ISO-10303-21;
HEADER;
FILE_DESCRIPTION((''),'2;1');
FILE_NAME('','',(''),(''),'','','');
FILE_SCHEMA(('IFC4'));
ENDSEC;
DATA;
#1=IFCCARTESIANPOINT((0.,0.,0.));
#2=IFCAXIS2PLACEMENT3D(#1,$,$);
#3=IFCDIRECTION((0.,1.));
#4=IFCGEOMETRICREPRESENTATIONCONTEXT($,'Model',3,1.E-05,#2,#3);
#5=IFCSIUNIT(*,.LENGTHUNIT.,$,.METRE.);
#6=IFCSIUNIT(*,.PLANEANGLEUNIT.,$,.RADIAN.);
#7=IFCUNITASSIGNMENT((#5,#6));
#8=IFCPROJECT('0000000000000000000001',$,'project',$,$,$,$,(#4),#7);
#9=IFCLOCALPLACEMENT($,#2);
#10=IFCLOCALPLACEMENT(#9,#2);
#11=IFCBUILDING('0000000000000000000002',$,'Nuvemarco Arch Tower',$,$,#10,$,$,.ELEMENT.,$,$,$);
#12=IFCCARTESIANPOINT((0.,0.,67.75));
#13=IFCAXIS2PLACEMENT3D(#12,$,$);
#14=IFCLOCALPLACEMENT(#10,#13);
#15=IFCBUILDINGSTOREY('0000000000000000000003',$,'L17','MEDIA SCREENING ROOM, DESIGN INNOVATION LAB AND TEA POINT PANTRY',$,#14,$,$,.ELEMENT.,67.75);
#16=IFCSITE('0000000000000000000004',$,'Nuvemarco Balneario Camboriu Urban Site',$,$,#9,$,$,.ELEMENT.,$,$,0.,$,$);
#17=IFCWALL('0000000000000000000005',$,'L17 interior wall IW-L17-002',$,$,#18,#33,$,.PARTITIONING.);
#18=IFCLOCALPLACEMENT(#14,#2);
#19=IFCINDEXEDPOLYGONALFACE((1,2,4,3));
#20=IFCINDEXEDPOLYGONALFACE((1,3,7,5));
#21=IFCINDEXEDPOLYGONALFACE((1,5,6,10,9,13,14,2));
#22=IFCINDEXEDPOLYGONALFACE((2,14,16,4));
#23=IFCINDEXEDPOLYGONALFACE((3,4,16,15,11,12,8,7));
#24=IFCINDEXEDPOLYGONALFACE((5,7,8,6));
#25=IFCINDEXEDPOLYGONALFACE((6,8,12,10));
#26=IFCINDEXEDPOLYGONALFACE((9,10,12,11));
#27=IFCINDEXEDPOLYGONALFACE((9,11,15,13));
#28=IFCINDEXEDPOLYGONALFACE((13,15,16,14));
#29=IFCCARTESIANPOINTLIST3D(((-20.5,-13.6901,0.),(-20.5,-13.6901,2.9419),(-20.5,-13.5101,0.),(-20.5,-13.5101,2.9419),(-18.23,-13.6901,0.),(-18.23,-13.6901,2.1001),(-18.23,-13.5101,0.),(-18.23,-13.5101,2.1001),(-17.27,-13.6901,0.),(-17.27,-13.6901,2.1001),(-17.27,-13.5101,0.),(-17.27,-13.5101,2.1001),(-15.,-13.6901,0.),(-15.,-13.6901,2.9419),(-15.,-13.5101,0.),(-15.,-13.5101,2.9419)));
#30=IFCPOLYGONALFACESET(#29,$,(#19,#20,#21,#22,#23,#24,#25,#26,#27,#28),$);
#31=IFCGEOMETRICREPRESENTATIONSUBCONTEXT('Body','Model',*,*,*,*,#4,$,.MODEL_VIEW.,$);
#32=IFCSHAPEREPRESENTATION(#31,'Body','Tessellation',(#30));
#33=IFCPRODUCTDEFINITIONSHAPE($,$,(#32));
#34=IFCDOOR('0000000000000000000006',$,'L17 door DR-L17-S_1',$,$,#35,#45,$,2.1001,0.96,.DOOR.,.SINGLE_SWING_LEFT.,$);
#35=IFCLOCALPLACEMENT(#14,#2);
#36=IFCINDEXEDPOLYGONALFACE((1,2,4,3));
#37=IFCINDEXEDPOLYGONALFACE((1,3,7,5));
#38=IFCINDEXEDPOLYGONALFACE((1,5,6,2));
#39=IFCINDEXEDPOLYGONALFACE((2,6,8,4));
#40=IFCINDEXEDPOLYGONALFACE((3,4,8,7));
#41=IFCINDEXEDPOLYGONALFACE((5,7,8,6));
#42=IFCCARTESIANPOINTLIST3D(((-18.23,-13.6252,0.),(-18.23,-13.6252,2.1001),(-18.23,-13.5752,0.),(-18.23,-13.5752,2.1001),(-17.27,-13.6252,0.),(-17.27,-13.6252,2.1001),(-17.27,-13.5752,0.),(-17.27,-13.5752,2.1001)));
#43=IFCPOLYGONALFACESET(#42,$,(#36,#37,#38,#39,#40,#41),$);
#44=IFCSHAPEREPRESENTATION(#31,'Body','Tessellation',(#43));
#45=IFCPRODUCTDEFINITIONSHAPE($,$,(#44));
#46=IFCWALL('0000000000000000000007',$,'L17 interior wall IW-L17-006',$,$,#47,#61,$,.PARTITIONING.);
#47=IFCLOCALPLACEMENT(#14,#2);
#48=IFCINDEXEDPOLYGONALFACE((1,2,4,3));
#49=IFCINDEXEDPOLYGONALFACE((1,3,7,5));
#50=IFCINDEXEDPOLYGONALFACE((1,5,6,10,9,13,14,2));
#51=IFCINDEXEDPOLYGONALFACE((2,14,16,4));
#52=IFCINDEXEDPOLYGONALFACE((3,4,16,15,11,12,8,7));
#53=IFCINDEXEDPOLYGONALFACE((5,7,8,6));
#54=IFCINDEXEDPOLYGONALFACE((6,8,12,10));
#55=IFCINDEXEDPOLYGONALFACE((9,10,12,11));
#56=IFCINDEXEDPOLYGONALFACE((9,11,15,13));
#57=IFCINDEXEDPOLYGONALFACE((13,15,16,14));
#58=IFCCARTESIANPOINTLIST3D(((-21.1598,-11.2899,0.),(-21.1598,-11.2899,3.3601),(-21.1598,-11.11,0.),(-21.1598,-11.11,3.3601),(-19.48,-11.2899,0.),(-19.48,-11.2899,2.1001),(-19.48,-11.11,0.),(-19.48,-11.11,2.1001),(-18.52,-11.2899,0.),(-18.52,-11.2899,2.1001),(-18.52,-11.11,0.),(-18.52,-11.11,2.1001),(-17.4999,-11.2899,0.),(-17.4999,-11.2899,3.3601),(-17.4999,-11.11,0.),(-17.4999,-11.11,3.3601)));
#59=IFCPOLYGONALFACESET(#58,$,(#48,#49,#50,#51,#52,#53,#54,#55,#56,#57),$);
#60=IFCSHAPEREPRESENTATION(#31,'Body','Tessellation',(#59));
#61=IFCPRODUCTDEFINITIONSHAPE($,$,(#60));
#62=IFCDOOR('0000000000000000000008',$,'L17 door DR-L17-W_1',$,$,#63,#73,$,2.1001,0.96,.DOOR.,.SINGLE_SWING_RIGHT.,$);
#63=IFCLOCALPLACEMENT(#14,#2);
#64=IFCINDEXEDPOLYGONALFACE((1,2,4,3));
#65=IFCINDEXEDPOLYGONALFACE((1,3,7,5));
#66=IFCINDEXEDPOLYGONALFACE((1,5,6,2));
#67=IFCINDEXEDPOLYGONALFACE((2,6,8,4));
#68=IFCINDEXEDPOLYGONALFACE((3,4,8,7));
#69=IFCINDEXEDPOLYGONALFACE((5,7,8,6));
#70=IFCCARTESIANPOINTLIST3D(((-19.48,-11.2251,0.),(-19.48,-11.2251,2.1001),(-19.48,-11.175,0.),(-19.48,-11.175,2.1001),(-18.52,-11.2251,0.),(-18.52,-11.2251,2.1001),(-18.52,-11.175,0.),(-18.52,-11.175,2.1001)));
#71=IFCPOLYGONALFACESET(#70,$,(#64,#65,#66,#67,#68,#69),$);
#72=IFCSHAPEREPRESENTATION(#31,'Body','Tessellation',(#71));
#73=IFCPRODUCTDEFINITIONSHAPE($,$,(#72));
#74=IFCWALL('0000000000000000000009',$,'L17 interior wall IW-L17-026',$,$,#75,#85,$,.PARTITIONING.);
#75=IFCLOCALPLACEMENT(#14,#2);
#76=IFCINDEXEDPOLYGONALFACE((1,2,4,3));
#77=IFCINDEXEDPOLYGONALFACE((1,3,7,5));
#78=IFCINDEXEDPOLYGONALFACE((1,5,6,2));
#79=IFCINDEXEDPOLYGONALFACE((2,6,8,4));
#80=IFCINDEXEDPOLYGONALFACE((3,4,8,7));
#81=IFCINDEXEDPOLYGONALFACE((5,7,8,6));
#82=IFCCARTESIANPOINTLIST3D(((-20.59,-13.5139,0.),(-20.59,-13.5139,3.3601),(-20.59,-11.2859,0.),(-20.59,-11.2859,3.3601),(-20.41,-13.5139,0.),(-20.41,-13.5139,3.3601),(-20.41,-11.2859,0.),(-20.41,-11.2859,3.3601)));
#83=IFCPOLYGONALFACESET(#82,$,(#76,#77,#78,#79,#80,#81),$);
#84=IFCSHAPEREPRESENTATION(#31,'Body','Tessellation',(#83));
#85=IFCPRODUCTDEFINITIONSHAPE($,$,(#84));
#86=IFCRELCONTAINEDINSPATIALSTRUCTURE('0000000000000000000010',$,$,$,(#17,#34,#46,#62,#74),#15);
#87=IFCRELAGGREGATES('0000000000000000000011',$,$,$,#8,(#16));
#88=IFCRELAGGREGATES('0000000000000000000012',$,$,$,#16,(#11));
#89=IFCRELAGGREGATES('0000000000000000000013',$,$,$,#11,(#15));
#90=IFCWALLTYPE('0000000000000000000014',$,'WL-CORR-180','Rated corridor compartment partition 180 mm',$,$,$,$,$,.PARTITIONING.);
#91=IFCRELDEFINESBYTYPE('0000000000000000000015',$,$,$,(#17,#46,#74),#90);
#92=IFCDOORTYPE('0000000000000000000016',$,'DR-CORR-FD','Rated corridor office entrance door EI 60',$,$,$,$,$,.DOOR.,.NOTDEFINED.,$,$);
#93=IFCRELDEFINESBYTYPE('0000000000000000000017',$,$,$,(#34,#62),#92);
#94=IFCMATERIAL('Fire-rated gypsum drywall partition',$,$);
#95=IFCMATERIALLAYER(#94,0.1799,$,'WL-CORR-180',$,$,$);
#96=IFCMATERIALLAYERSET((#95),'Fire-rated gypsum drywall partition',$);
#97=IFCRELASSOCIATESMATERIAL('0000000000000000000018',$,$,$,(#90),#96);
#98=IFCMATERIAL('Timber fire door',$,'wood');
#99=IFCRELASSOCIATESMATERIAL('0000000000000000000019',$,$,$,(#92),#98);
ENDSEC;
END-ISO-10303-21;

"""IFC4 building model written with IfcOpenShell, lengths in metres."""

from ifc_helpers import new_model, si_unit, direction, frame, frame_2d, origin, place, context, subcontext, project, spatial, rectangle, extrude, source, transform, mapped, material, layer, layer_set, type_object, type_shapes, element, fill, save


model = new_model("IFC4")

# Units and contexts
model_context = context("Model", 3, precision=1e-05, world=origin(), true_north=direction((0.0, 1.0)))
body_context = subcontext(model_context, "Body", "Model", "MODEL_VIEW")
ifc_project = project(units=[si_unit("LENGTHUNIT", "METRE"), si_unit("PLANEANGLEUNIT", "RADIAN")], contexts=[model_context])

# Site, building, storey
site_placement = place(None, origin())
site = spatial("IfcSite", under=ifc_project, at=site_placement, Name="Nuvemarco Balneario Camboriu Urban Site", CompositionType="ELEMENT", RefElevation=0.0)
building_placement = place(site_placement, origin())
building = spatial("IfcBuilding", under=site, at=building_placement, Name="Nuvemarco Arch Tower", CompositionType="ELEMENT")
storey_placement = place(building_placement, frame((0.0, 0.0, 67.75)))
storey = spatial("IfcBuildingStorey", under=building, at=storey_placement, Name="L17", Description="MEDIA SCREENING ROOM, DESIGN INNOVATION LAB AND TEA POINT PANTRY", CompositionType="ELEMENT", Elevation=67.75)

# Walls, openings, doors
ifc_material_1 = material(Name="Fire-rated gypsum drywall partition")
ifc_layer = layer(ifc_material_1, 0.1799, Name="WL-CORR-180")
ifc_layer_set = layer_set([ifc_layer], Name="Fire-rated gypsum drywall partition")
wall_type = type_object("IfcWallType", Name="WL-CORR-180", Description="Rated corridor compartment partition 180 mm", PredefinedType="PARTITIONING", material=ifc_layer_set)
wall_1_placement = place(storey_placement, frame((-20.5, -13.6001, 0.0), z_axis=(0.0, 0.0, 1.0), x_axis=(1.0, 0.0, 0.0)))
wall_1 = element("IfcWall", 1, at=wall_1_placement, inside=storey, type_object=wall_type, Name="L17 interior wall IW-L17-002", PredefinedType="PARTITIONING", context=body_context, shape_type="SweptSolid", body=[
    extrude(rectangle(XDim=5.5, YDim=0.1799, at=frame_2d((2.75, 0.0))), origin(), (0.0, 0.0, 1.0), 2.9419),
])
opening_1_placement = place(wall_1_placement, frame((2.27, 0.0, 0.0)))
opening_1 = element("IfcOpeningElement", 2, at=opening_1_placement, cuts=wall_1, PredefinedType="OPENING", context=body_context, shape_type="SweptSolid", body=[
    extrude(rectangle(XDim=0.96, YDim=2.1001, at=frame_2d((0.48, 1.05))), frame((0.0, 0.0999, 0.0), z_axis=(0.0, -1.0, 0.0), x_axis=(1.0, 0.0, 0.0)), (0.0, 0.0, 1.0), 0.2),
])
ifc_material_2 = material(Name="Timber fire door", Category="wood")
door_type = type_object("IfcDoorType", Name="DR-CORR-FD", Description="Rated corridor office entrance door EI 60", OperationType="NOTDEFINED", PredefinedType="DOOR", material=ifc_material_2)
shared_shape = source(origin(), body_context, "Body", "SweptSolid", [
    extrude(rectangle(XDim=0.96, YDim=2.1001, at=frame_2d((0.48, 1.05))), frame((0.0, 0.0249, 0.0), z_axis=(0.0, -1.0, 0.0), x_axis=(1.0, 0.0, 0.0)), (0.0, 0.0, 1.0), 0.05),
])
type_shapes(door_type, [shared_shape])
door_1_placement = place(opening_1_placement, origin())
door_1 = element("IfcDoor", 3, at=door_1_placement, inside=storey, type_object=door_type, Name="L17 door DR-L17-S_1", OperationType="SINGLE_SWING_LEFT", OverallHeight=2.1001, OverallWidth=0.96, PredefinedType="DOOR", context=body_context, shape_type="MappedRepresentation", body=[
    mapped(shared_shape, transform((0.0, 0.0, 0.0), scale=1.0)),
])
fill(opening_1, door_1)
wall_2_placement = place(storey_placement, frame((-21.1599, -11.2, 0.0), z_axis=(0.0, 0.0, 1.0), x_axis=(1.0, 0.0, 0.0)))
wall_2 = element("IfcWall", 4, at=wall_2_placement, inside=storey, type_object=wall_type, Name="L17 interior wall IW-L17-006", PredefinedType="PARTITIONING", context=body_context, shape_type="SweptSolid", body=[
    extrude(rectangle(XDim=3.6599, YDim=0.1799, at=frame_2d((1.8301, 0.0))), origin(), (0.0, 0.0, 1.0), 3.3601),
])
opening_2_placement = place(wall_2_placement, frame((1.6799, 0.0, 0.0)))
opening_2 = element("IfcOpeningElement", 5, at=opening_2_placement, cuts=wall_2, PredefinedType="OPENING", context=body_context, shape_type="SweptSolid", body=[
    extrude(rectangle(XDim=0.96, YDim=2.1001, at=frame_2d((0.48, 1.05))), frame((0.0, 0.0999, 0.0), z_axis=(0.0, -1.0, 0.0), x_axis=(1.0, 0.0, 0.0)), (0.0, 0.0, 1.0), 0.2),
])
door_2_placement = place(opening_2_placement, origin())
door_2 = element("IfcDoor", 6, at=door_2_placement, inside=storey, type_object=door_type, Name="L17 door DR-L17-W_1", OperationType="SINGLE_SWING_RIGHT", OverallHeight=2.1001, OverallWidth=0.96, PredefinedType="DOOR", context=body_context, shape_type="MappedRepresentation", body=[
    mapped(shared_shape, transform((0.0, 0.0, 0.0), scale=1.0)),
])
fill(opening_2, door_2)

# Wall
wall_3_placement = place(storey_placement, frame((-20.5, -13.5139, 0.0), z_axis=(0.0, 0.0, 1.0), x_axis=(0.0, 1.0, 0.0)))
element("IfcWall", 7, at=wall_3_placement, inside=storey, type_object=wall_type, Name="L17 interior wall IW-L17-026", PredefinedType="PARTITIONING", context=body_context, shape_type="SweptSolid", body=[
    extrude(rectangle(XDim=2.228, YDim=0.1799, at=frame_2d((1.114, 0.0))), origin(), (0.0, 0.0, 1.0), 3.3601),
])

save(model, "model.ifc")
